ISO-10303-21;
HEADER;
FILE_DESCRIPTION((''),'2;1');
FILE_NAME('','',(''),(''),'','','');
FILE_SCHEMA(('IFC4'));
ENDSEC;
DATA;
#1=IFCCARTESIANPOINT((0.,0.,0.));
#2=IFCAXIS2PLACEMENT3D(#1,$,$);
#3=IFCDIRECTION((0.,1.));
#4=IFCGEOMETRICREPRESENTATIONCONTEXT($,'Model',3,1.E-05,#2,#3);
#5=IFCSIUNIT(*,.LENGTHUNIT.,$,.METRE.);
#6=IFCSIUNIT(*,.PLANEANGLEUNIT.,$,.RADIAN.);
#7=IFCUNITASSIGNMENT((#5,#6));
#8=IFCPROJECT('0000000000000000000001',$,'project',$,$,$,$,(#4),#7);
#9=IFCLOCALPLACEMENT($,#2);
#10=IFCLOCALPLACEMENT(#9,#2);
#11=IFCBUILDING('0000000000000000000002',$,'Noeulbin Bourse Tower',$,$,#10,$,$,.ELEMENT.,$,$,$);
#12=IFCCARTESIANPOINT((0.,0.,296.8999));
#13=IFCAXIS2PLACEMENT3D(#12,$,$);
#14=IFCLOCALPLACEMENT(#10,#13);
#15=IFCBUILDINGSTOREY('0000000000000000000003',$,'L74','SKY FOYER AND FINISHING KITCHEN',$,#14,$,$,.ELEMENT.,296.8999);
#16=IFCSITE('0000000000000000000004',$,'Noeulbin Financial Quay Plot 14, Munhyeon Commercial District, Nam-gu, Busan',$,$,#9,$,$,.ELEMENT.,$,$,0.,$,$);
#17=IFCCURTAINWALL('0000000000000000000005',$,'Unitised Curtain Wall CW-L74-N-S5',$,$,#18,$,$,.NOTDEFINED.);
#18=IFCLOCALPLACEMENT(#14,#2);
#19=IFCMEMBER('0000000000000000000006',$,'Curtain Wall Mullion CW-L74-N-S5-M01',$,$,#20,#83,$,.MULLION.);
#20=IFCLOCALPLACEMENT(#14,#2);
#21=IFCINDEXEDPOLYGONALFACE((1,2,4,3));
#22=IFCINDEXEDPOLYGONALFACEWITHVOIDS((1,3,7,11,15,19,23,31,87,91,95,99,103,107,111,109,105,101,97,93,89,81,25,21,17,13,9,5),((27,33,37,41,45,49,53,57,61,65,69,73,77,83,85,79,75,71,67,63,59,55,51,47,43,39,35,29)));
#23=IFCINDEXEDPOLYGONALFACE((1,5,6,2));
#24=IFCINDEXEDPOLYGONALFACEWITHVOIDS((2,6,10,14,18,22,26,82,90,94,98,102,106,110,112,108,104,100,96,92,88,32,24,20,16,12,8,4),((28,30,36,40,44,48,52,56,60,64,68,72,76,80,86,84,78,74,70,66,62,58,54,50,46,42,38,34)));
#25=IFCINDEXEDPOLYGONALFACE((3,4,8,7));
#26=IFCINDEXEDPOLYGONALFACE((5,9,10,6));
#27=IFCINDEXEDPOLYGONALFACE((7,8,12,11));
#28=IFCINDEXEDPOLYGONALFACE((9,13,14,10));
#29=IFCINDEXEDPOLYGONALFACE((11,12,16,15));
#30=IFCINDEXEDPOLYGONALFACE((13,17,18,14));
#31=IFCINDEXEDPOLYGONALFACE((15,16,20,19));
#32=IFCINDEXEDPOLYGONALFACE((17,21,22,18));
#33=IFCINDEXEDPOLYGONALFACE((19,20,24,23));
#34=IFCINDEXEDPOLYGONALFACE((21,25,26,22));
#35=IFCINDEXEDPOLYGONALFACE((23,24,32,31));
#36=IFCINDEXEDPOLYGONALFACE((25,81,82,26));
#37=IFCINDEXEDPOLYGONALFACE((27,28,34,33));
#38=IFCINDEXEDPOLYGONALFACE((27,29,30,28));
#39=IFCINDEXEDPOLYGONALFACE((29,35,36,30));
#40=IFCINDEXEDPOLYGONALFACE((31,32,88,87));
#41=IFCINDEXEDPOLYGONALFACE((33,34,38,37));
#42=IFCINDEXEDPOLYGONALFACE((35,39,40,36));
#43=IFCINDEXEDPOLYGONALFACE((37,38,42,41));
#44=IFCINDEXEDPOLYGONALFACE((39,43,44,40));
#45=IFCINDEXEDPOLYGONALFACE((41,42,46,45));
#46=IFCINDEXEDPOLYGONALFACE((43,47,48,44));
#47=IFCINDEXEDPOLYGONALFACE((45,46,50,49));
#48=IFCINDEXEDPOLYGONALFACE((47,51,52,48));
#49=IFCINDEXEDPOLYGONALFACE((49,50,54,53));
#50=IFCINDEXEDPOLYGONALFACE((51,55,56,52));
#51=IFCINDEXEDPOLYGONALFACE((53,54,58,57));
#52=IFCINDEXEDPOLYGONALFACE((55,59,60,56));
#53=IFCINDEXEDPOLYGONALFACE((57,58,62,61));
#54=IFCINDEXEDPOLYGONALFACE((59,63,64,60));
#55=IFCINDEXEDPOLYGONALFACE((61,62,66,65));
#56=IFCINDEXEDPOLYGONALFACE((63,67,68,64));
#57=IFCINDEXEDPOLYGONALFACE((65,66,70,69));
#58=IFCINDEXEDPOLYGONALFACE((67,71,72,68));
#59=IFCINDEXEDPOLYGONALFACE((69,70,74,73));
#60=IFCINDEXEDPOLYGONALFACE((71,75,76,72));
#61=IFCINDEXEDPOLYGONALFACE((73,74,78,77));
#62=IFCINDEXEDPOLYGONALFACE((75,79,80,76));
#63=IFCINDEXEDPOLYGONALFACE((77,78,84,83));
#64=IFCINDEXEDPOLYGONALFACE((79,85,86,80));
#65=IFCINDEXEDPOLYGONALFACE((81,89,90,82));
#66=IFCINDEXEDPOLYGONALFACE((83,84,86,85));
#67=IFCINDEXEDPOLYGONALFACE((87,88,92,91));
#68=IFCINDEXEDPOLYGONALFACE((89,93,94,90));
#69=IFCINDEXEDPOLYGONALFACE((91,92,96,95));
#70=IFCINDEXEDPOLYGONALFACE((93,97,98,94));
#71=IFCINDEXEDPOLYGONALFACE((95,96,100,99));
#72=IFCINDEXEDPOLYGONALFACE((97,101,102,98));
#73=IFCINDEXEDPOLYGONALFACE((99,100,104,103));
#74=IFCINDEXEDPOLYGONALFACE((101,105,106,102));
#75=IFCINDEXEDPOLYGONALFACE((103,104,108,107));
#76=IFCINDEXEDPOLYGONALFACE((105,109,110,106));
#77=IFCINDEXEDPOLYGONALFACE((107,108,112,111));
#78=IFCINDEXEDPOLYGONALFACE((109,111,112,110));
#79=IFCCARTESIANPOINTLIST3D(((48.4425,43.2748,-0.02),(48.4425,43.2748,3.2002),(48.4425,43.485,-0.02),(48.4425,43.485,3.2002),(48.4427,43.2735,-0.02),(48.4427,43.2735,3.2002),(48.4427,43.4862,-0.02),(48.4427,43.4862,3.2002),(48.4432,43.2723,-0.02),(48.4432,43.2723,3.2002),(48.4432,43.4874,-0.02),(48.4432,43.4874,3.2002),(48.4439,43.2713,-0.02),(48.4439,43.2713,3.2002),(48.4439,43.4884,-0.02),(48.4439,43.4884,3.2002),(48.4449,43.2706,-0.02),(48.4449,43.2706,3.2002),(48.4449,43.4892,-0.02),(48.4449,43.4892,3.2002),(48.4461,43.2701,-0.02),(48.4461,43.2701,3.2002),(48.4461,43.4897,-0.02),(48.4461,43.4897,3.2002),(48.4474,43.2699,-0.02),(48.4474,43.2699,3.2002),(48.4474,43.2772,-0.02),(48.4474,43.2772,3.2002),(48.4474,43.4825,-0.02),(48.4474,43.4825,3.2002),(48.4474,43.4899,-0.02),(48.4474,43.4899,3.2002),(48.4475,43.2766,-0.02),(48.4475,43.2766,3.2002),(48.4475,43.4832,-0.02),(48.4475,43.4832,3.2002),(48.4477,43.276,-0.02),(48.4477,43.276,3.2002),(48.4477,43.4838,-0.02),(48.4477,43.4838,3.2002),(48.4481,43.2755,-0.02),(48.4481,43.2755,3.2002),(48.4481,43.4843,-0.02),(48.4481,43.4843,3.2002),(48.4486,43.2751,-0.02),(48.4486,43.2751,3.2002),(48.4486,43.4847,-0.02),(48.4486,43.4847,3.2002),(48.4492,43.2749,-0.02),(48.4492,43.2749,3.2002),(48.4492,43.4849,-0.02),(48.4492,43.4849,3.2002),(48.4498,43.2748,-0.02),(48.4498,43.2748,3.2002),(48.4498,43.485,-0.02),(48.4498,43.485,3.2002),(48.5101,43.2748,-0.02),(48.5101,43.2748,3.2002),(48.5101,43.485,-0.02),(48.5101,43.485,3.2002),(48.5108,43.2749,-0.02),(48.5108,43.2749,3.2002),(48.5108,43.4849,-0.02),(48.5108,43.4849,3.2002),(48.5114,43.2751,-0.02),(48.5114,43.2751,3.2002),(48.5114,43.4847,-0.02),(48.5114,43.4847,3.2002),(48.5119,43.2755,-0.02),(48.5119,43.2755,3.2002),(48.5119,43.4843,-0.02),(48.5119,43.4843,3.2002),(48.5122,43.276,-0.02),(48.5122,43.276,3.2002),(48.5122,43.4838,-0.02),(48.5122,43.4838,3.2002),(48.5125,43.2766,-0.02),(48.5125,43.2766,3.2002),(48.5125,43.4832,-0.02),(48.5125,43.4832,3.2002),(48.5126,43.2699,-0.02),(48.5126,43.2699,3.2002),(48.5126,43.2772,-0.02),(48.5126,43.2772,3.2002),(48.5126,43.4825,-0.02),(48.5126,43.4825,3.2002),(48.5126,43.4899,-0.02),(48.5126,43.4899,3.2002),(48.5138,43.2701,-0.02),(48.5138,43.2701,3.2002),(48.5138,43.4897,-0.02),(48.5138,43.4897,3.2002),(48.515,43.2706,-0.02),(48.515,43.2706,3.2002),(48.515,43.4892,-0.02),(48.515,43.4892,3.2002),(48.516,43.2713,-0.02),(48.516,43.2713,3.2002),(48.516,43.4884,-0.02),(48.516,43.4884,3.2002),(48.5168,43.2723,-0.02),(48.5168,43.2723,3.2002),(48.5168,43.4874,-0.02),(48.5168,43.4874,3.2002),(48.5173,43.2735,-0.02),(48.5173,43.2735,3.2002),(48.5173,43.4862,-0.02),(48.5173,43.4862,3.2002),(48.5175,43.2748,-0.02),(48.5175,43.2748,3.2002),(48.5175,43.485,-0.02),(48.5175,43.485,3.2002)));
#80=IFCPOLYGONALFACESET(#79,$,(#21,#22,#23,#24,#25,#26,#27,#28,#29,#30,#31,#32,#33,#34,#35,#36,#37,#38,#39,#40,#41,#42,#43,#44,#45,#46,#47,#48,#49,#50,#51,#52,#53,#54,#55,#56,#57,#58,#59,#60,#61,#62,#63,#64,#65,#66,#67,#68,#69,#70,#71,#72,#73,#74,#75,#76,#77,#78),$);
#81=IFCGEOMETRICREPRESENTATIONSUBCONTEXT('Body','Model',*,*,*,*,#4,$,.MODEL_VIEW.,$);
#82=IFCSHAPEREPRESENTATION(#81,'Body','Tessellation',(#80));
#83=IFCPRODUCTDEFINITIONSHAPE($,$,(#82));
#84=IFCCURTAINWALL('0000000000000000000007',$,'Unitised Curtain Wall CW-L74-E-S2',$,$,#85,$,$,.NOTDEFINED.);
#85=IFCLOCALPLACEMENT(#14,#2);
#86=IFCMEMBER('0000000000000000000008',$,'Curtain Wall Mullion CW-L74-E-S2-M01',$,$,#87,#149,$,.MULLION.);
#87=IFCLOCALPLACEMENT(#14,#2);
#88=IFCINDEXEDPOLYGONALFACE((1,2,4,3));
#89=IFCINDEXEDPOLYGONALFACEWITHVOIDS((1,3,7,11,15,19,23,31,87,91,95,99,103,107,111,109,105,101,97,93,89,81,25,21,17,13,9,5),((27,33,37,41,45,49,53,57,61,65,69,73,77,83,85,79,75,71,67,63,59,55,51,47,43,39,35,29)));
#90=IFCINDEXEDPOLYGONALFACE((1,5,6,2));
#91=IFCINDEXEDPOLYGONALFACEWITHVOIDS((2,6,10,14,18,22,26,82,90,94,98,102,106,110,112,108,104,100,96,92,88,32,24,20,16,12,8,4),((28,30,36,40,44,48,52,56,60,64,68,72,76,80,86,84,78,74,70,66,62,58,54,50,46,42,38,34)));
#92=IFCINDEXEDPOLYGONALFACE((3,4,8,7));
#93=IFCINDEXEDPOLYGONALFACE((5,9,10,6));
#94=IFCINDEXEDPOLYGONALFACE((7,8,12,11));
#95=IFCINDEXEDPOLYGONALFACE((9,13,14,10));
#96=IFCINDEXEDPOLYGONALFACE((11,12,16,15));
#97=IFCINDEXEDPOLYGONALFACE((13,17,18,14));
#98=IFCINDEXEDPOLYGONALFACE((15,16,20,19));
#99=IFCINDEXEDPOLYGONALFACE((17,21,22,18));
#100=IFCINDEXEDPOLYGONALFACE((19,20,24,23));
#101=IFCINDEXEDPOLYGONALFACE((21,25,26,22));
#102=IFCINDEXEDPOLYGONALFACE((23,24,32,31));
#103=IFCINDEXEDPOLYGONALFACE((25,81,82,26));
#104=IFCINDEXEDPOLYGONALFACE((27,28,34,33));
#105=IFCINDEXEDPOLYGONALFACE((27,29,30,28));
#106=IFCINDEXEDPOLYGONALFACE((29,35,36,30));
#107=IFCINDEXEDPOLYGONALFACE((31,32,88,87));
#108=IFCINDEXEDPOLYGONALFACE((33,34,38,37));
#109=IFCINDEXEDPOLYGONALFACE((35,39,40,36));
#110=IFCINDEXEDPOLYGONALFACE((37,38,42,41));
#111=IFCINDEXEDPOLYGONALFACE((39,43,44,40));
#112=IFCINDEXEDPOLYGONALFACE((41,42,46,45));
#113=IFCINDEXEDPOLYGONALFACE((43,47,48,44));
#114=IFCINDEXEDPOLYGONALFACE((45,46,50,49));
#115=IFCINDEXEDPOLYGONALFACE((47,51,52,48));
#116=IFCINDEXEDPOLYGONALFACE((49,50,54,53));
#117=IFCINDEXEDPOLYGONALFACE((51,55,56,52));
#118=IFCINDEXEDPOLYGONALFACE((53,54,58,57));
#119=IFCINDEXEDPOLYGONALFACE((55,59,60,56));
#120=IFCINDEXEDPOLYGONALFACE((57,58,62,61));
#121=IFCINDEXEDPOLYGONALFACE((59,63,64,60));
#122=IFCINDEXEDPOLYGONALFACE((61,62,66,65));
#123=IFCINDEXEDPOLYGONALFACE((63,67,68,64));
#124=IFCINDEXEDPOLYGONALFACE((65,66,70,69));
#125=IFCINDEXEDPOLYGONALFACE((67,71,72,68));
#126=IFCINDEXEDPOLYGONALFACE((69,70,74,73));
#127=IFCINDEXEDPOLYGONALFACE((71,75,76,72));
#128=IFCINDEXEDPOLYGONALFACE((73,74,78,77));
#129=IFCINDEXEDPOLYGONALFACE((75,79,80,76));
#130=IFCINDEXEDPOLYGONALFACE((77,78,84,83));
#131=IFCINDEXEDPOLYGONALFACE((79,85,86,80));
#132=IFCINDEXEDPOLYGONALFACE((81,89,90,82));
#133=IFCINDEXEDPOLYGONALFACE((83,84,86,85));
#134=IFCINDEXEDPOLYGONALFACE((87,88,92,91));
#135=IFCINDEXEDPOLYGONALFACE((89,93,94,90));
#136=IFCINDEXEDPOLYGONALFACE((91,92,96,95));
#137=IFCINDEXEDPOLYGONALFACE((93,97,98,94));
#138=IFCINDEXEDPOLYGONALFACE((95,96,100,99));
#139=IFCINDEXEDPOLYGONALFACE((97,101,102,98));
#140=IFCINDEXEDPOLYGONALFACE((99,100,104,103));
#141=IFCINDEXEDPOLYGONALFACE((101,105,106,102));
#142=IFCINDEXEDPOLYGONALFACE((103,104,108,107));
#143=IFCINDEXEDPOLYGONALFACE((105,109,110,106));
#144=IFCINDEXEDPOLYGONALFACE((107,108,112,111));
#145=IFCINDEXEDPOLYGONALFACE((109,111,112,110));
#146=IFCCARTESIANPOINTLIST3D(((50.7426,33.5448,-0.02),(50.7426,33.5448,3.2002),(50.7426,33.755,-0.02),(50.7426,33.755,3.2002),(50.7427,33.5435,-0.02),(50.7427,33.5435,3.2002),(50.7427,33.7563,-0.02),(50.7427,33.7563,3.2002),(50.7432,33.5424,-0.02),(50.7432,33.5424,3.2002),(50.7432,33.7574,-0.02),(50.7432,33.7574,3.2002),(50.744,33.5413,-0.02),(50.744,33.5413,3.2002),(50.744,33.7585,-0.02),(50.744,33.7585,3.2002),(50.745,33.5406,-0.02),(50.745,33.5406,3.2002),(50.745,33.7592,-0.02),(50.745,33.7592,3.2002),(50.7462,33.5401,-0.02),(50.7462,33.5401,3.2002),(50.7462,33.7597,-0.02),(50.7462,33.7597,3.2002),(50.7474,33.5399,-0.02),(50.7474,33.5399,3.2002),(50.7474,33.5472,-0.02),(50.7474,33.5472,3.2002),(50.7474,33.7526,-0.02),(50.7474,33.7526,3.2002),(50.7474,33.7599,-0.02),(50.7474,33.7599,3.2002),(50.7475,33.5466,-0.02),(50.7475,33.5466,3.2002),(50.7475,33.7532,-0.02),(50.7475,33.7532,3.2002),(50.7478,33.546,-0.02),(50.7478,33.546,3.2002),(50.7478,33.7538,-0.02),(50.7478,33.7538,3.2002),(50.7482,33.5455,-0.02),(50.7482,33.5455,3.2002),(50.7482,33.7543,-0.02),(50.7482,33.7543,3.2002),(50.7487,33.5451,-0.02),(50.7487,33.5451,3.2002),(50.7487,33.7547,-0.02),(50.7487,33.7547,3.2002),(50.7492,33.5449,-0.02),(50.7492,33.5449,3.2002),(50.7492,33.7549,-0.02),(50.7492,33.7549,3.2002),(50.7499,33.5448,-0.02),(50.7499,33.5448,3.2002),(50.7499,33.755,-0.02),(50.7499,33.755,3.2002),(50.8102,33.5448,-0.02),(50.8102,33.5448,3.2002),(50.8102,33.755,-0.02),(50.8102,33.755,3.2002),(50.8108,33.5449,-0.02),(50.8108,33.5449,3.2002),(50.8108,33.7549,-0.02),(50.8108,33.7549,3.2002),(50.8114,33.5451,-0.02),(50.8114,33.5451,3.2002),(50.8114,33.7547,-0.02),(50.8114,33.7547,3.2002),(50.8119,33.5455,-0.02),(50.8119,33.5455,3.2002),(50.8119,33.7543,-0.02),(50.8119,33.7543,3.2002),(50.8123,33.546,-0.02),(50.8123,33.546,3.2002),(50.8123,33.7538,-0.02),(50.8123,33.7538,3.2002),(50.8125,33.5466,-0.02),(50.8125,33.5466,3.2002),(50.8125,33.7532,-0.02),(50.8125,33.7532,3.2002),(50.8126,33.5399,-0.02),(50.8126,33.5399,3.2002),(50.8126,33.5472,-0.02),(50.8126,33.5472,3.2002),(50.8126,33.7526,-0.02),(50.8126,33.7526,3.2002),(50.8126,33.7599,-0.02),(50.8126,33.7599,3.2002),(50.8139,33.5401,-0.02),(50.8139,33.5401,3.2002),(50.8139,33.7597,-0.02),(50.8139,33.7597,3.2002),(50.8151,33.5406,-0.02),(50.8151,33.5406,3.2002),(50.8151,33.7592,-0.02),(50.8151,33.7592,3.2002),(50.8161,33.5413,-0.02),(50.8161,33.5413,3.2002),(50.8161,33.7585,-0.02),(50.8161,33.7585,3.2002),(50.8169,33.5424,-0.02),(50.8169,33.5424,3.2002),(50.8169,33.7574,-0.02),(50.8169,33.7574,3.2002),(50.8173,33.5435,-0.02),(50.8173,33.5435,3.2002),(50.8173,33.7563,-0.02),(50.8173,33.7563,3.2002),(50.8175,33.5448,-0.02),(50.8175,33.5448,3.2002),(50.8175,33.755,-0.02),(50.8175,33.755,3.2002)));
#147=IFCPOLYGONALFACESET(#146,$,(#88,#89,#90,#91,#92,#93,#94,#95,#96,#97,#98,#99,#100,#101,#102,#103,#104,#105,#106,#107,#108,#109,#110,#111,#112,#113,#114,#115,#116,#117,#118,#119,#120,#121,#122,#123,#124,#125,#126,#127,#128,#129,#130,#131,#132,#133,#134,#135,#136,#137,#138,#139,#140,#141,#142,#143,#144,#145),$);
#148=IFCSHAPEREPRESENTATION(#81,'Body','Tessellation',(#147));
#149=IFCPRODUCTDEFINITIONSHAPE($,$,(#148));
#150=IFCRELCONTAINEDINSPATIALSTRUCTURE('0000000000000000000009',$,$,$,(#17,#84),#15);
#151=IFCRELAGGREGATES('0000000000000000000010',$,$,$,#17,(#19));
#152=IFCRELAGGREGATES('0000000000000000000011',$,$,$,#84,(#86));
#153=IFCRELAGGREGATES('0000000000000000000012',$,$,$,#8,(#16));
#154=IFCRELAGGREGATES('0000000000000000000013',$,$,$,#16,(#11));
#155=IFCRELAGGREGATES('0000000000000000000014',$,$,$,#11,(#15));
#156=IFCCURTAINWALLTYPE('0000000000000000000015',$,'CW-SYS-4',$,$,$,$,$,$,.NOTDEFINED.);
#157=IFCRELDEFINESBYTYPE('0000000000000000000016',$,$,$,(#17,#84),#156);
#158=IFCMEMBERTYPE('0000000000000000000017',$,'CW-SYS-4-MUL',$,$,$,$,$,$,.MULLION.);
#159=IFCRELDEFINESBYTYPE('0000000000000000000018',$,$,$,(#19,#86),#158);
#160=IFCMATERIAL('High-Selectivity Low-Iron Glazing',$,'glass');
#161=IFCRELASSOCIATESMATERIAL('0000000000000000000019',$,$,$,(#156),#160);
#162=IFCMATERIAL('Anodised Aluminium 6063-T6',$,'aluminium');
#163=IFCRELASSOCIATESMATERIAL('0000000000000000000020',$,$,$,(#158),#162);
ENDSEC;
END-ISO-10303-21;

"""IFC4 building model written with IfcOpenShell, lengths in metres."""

from ifc_helpers import new_model, si_unit, direction, frame, origin, origin_2d, place, context, subcontext, project, spatial, hollow_rectangle, extrude, material, material_profile, profile_set, type_object, element, aggregate, save


model = new_model("IFC4")

# Units and contexts
model_context = context("Model", 3, precision=1e-05, world=origin(), true_north=direction((0.0, 1.0)))
body_context = subcontext(model_context, "Body", "Model", "MODEL_VIEW")
ifc_project = project(units=[si_unit("LENGTHUNIT", "METRE"), si_unit("PLANEANGLEUNIT", "RADIAN")], contexts=[model_context])

# Site, building, storey
site_placement = place(None, origin())
site = spatial("IfcSite", under=ifc_project, at=site_placement, Name="Noeulbin Financial Quay Plot 14, Munhyeon Commercial District, Nam-gu, Busan", CompositionType="ELEMENT", RefElevation=0.0)
building_placement = place(site_placement, origin())
building = spatial("IfcBuilding", under=site, at=building_placement, Name="Noeulbin Bourse Tower", CompositionType="ELEMENT")
storey_placement = place(building_placement, frame((0.0, 0.0, 296.8999)))
storey = spatial("IfcBuildingStorey", under=building, at=storey_placement, Name="L74", Description="SKY FOYER AND FINISHING KITCHEN", CompositionType="ELEMENT", Elevation=296.8999)

# Shared definitions
ifc_material_1 = material(Name="High-Selectivity Low-Iron Glazing", Category="glass")
curtain_wall_type = type_object("IfcCurtainWallType", Name="CW-SYS-4", PredefinedType="NOTDEFINED", material=ifc_material_1)
ifc_material_2 = material(Name="Anodised Aluminium 6063-T6", Category="aluminium")
ifc_material_profile_1 = material_profile(ifc_material_2, hollow_rectangle(XDim=0.075, YDim=0.22, WallThickness=0.0049, InnerFilletRadius=0.0024, OuterFilletRadius=0.0049, at=origin_2d()), Name="ALU-MULL-75x220x5", Category="LoadBearing")
ifc_profile_set_1 = profile_set([ifc_material_profile_1], Name="Anodised Aluminium 6063-T6")
member_type_1 = type_object("IfcMemberType", Name="CW-SYS-4-MUL", PredefinedType="MULLION", material=ifc_profile_set_1)

# Curtain walls, members
curtain_wall_1_placement = place(storey_placement, origin())
curtain_wall_1 = element("IfcCurtainWall", 1, at=curtain_wall_1_placement, inside=storey, type_object=curtain_wall_type, Name="Unitised Curtain Wall CW-L74-N-S5", PredefinedType="NOTDEFINED")
member_1_placement = place(storey_placement, frame((48.48, 43.3799, -0.02), z_axis=(0.0, 0.0, 1.0), x_axis=(1.0, 0.0, 0.0)))
member_1 = element("IfcMember", 2, at=member_1_placement, type_object=member_type_1, Name="Curtain Wall Mullion CW-L74-N-S5-M01", PredefinedType="MULLION", context=body_context, shape_type="SweptSolid", body=[
    extrude(hollow_rectangle(XDim=0.075, YDim=0.22, WallThickness=0.0049, InnerFilletRadius=0.0024, OuterFilletRadius=0.0049, at=origin_2d()), origin(), (0.0, 0.0, 1.0), 3.2202),
])
curtain_wall_2_placement = place(storey_placement, origin())
curtain_wall_2 = element("IfcCurtainWall", 3, at=curtain_wall_2_placement, inside=storey, type_object=curtain_wall_type, Name="Unitised Curtain Wall CW-L74-E-S2", PredefinedType="NOTDEFINED")
member_2_placement = place(storey_placement, frame((50.78, 33.6499, -0.02), z_axis=(0.0, 0.0, 1.0), x_axis=(1.0, 0.0, 0.0)))
member_2 = element("IfcMember", 4, at=member_2_placement, type_object=member_type_1, Name="Curtain Wall Mullion CW-L74-E-S2-M01", PredefinedType="MULLION", context=body_context, shape_type="SweptSolid", body=[
    extrude(hollow_rectangle(XDim=0.075, YDim=0.22, WallThickness=0.0049, InnerFilletRadius=0.0024, OuterFilletRadius=0.0049, at=origin_2d()), origin(), (0.0, 0.0, 1.0), 3.2202),
])

aggregate(curtain_wall_1, [member_1])
aggregate(curtain_wall_2, [member_2])

save(model, "model.ifc")
